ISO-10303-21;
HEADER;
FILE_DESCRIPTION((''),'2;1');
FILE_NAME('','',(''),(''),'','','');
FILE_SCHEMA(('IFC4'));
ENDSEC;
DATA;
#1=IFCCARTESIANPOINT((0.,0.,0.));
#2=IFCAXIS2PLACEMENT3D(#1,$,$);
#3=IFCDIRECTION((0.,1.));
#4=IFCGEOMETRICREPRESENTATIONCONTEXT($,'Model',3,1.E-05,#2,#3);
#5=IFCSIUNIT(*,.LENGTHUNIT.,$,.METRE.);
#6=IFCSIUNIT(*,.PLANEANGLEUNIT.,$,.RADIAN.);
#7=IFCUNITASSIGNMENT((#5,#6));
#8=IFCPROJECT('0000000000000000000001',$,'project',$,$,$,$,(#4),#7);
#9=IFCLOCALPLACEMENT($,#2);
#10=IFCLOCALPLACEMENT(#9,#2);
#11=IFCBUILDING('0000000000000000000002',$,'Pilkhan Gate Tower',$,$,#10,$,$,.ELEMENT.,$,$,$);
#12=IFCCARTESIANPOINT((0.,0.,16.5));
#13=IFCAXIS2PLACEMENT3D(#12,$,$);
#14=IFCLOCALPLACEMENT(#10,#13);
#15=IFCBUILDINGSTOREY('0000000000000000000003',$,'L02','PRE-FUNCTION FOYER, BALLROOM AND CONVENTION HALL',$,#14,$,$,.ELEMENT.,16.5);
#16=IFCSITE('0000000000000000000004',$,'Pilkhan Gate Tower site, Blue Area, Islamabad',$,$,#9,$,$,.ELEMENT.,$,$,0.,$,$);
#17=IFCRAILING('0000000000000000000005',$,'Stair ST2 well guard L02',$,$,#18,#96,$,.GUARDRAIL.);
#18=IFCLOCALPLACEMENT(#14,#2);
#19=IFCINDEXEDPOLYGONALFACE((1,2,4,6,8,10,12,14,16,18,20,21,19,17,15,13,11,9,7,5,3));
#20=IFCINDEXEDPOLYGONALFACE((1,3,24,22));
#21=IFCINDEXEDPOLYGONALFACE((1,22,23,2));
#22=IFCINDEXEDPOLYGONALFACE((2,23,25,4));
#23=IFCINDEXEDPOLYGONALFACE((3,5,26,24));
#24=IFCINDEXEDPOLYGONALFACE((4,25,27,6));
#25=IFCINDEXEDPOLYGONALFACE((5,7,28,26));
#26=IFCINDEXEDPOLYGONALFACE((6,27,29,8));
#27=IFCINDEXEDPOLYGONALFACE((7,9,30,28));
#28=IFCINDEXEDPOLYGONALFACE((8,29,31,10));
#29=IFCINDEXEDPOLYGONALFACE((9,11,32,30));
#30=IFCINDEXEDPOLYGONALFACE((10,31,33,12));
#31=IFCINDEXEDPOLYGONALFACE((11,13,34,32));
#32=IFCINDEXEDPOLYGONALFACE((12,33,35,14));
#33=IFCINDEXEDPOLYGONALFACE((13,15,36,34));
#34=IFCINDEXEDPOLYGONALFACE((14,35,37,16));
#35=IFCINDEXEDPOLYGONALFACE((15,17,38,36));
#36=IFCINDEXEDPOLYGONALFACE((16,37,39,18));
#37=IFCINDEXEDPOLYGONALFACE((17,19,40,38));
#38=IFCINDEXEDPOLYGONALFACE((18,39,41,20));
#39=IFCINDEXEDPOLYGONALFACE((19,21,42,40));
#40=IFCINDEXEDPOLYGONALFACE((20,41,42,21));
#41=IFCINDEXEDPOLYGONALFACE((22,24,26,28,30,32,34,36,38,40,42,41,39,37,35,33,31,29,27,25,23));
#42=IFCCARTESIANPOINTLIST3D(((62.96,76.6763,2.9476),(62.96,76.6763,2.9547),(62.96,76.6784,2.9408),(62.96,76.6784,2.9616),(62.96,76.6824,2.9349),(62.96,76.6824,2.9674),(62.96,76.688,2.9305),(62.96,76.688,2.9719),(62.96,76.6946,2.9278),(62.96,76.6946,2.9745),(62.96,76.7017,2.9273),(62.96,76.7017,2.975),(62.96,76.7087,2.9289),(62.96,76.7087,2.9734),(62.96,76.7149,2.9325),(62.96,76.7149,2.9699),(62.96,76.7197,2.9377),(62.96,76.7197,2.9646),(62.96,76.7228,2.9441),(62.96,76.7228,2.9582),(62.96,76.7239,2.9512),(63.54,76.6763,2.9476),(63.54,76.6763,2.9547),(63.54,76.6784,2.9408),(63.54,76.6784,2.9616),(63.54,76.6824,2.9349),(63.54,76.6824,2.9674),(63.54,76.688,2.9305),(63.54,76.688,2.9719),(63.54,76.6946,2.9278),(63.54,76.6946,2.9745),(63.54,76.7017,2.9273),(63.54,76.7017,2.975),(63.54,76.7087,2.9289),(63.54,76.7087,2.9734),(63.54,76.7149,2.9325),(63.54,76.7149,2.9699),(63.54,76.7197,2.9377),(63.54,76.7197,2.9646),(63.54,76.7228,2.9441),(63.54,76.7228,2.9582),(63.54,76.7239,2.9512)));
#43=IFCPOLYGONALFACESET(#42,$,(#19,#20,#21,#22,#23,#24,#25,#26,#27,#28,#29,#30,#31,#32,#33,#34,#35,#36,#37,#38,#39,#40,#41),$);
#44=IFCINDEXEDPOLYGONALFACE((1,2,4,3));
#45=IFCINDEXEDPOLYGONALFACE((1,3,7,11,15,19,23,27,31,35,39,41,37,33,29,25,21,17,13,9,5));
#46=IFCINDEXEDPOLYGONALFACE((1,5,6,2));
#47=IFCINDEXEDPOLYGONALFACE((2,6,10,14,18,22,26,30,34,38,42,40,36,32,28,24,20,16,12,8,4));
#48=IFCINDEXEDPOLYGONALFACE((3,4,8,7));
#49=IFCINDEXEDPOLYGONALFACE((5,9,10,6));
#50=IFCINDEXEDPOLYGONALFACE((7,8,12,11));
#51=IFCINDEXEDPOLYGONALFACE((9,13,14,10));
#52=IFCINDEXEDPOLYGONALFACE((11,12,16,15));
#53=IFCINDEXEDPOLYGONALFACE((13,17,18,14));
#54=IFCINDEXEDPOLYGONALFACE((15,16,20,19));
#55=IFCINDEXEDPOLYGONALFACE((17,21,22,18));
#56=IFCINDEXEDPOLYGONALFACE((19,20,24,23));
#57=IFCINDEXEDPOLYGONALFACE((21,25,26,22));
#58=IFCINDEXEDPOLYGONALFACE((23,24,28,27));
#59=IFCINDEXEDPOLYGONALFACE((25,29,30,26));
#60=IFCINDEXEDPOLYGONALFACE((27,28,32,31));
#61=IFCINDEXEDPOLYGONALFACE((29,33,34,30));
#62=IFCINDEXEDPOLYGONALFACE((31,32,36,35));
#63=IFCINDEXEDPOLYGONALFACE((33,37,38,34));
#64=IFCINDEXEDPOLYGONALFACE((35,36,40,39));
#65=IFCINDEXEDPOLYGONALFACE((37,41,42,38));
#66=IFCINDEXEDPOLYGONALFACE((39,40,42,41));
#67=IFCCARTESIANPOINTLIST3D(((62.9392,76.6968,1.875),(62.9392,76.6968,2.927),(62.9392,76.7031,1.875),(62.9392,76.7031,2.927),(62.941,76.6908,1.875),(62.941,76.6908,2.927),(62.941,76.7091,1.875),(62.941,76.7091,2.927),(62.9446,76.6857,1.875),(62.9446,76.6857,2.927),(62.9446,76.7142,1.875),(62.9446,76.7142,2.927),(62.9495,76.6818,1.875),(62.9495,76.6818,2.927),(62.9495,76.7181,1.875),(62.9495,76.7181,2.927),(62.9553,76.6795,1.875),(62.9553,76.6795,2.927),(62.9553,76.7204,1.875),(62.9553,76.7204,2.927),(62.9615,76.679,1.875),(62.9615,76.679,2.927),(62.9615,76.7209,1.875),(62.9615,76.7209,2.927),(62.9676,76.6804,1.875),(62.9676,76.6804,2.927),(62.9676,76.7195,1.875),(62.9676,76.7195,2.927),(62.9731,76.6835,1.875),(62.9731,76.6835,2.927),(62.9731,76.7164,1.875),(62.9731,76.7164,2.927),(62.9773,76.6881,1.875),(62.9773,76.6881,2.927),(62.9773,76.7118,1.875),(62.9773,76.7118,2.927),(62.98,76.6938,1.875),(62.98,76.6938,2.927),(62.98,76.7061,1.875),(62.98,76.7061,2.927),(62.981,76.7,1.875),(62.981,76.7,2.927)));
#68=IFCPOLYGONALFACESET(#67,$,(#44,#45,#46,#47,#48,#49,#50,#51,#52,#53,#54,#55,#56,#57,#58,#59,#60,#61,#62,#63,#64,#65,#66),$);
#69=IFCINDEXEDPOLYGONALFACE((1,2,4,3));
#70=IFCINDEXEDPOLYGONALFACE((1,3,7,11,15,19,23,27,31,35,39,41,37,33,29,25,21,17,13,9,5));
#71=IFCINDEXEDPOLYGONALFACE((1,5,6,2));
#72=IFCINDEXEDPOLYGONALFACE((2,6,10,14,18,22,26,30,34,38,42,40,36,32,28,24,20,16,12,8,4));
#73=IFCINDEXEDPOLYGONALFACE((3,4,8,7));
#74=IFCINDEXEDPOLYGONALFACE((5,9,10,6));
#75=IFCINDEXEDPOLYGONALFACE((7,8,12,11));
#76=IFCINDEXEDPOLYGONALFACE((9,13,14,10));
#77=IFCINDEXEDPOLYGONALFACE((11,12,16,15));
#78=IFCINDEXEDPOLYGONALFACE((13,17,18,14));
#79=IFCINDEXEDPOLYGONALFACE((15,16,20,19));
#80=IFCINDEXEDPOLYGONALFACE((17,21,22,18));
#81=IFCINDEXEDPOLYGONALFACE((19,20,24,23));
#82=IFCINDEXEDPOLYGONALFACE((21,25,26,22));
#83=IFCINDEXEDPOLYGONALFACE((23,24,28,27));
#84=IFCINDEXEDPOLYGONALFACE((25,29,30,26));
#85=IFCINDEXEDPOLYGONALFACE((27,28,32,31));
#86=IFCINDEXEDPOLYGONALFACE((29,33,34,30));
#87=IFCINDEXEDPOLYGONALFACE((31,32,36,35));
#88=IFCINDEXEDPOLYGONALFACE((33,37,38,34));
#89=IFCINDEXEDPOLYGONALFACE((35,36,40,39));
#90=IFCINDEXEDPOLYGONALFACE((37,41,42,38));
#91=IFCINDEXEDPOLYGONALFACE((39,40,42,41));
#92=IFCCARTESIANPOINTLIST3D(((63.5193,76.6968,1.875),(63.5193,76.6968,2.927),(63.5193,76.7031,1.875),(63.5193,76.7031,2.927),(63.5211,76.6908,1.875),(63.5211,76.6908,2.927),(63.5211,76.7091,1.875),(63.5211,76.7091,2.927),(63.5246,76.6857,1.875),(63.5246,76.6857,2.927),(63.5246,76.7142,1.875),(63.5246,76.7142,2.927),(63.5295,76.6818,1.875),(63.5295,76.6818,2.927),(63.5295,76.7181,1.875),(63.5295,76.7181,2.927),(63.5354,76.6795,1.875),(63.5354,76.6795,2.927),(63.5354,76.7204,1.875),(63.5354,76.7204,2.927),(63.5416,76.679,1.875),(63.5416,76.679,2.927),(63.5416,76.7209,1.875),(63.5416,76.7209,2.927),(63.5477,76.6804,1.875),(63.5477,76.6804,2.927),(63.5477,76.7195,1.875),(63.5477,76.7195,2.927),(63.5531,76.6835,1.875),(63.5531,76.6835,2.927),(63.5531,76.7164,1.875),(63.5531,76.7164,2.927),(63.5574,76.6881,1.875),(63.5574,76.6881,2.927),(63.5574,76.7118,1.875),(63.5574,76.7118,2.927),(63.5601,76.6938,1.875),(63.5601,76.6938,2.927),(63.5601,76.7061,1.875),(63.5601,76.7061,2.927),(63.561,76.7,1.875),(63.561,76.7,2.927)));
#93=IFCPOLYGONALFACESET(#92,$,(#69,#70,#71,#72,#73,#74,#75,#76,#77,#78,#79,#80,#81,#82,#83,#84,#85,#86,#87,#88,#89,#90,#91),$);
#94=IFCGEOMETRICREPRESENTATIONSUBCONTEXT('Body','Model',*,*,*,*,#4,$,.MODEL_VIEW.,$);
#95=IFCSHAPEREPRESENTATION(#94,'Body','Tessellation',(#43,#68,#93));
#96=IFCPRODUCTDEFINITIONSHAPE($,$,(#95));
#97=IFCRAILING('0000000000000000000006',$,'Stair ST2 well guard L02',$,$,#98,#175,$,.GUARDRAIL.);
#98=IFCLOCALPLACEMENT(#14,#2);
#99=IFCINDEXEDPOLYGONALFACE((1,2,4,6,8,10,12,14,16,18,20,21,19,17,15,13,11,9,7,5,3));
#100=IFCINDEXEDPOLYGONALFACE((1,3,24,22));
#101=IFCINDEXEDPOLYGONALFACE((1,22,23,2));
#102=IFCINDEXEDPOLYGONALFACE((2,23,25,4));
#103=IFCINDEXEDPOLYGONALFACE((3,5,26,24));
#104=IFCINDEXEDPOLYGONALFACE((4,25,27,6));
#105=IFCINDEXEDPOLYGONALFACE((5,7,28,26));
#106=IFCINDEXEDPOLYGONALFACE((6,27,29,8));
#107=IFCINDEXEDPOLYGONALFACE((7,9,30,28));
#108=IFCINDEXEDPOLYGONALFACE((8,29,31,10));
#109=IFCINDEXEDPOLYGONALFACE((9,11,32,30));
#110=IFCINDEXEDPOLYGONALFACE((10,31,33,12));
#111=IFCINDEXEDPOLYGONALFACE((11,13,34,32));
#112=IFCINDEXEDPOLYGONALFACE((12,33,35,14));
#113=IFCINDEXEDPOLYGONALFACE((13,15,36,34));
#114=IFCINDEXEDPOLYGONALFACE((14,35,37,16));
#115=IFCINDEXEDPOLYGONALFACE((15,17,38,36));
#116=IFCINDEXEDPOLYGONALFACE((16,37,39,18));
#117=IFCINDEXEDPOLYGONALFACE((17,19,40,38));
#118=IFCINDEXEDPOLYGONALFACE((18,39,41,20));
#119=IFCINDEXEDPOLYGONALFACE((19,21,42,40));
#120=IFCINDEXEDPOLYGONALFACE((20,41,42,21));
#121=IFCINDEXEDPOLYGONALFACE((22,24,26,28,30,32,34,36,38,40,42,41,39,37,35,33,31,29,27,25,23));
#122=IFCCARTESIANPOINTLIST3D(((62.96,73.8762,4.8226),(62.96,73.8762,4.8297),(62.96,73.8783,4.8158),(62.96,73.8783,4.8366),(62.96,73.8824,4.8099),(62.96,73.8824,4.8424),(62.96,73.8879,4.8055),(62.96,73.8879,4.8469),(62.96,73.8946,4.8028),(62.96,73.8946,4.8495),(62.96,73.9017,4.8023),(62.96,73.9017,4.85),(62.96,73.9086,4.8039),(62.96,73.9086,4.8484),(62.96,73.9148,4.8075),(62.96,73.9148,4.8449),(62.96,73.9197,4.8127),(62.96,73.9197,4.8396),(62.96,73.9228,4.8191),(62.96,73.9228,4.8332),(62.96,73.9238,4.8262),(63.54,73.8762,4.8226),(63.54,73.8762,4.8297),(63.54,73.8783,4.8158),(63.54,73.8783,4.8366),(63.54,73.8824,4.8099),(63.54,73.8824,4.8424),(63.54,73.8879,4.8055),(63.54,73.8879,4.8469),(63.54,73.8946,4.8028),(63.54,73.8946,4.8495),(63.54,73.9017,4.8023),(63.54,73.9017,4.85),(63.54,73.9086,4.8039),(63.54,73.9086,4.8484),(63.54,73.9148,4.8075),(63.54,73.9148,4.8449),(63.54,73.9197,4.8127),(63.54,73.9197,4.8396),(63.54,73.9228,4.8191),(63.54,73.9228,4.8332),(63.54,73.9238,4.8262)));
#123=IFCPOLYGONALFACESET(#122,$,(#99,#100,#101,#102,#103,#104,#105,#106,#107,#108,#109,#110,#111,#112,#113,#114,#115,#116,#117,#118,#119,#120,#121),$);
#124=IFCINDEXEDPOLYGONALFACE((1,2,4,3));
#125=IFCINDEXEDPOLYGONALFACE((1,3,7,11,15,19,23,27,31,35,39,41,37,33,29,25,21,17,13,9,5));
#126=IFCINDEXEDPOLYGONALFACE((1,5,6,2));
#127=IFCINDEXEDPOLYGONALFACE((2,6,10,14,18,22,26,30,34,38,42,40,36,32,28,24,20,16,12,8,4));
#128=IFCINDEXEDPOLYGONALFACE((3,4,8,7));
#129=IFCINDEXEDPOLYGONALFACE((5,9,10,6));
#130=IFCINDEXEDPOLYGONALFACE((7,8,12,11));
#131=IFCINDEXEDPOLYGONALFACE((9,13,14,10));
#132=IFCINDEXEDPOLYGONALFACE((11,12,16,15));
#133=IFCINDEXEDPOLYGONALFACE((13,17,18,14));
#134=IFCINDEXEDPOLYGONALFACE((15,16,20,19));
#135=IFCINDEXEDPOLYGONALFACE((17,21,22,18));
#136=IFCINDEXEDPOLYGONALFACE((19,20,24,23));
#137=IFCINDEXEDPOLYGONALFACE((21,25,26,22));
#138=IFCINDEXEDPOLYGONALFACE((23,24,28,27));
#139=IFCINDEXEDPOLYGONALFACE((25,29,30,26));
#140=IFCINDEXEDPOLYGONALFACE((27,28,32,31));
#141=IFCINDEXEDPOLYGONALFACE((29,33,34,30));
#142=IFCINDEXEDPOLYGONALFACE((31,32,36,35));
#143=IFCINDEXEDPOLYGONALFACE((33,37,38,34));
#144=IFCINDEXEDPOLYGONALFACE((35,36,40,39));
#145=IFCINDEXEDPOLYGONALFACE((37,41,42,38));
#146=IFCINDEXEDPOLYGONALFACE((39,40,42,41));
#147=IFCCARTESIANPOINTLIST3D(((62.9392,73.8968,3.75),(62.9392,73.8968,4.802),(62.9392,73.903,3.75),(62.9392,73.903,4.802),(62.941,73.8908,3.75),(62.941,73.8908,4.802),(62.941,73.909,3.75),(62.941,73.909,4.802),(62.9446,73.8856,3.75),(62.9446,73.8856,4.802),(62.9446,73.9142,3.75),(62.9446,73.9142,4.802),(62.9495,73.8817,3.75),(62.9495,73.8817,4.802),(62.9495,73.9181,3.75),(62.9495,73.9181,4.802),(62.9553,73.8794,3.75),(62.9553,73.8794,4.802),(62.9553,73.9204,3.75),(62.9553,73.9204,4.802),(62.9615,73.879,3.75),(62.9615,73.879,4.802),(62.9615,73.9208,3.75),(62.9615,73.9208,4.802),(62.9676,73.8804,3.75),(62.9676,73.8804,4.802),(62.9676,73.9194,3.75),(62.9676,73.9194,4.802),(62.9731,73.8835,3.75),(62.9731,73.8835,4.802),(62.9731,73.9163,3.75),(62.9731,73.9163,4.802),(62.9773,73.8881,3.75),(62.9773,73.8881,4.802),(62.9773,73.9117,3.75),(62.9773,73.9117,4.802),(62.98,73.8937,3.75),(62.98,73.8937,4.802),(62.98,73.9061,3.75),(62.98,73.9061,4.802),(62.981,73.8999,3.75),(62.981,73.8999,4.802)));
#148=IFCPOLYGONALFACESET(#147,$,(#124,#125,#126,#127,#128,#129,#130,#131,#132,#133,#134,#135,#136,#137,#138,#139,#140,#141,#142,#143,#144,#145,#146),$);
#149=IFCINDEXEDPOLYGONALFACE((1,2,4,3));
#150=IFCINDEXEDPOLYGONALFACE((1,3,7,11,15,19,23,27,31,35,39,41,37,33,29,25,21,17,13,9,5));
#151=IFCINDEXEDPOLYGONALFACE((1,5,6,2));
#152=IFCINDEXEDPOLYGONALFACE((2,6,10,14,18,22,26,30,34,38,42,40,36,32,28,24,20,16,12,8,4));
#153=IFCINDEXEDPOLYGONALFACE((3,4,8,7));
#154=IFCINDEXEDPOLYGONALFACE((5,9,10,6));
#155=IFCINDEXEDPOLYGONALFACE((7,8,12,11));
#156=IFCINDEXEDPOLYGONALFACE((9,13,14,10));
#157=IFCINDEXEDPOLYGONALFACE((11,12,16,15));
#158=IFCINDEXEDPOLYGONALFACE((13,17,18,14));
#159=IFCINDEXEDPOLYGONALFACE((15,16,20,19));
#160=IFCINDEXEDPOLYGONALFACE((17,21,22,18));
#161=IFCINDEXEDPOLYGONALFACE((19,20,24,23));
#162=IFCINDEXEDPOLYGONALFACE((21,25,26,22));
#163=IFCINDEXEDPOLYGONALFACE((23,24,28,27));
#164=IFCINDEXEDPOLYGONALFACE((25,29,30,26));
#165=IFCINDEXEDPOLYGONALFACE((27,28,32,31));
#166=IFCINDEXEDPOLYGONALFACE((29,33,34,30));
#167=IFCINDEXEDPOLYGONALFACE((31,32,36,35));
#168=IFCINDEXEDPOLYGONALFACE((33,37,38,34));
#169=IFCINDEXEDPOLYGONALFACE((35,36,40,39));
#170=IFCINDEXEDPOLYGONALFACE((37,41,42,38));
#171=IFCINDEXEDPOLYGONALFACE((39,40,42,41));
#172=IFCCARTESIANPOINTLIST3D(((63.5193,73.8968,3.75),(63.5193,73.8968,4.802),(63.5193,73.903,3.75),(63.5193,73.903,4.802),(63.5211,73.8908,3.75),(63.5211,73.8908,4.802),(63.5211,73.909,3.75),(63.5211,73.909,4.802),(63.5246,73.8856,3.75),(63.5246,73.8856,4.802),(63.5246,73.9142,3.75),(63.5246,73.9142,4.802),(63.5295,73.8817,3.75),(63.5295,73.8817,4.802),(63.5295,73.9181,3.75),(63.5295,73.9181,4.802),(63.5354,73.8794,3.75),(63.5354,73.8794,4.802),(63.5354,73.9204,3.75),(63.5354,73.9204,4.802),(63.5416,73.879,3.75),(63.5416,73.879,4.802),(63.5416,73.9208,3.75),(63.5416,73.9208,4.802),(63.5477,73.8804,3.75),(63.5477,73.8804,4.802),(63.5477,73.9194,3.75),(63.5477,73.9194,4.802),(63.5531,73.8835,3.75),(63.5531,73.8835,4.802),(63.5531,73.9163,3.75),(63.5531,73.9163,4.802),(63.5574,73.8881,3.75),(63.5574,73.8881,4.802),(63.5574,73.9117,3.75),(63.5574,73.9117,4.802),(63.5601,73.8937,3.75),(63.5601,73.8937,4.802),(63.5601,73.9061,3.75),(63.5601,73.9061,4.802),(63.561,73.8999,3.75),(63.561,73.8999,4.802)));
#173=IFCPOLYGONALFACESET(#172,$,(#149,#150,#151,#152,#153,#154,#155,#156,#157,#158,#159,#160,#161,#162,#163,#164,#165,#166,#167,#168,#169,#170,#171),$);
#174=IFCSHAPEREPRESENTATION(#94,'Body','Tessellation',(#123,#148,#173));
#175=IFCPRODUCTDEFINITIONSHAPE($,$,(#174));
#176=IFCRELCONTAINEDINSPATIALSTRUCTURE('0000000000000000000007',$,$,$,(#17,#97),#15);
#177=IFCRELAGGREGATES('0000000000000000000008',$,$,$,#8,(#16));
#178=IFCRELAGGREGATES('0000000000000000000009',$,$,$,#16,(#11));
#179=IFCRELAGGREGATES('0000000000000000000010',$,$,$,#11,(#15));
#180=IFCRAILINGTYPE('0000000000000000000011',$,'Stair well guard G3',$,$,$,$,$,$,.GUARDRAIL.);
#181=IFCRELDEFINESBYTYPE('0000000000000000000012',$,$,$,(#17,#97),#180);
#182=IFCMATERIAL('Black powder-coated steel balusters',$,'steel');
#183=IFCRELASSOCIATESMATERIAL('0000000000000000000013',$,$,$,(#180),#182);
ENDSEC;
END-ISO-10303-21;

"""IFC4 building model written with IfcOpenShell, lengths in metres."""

from ifc_helpers import new_model, si_unit, direction, frame, origin, origin_2d, place, context, subcontext, project, spatial, circle, extrude, material, type_object, element, save


model = new_model("IFC4")

# Units and contexts
model_context = context("Model", 3, precision=1e-05, world=origin(), true_north=direction((0.0, 1.0)))
body_context = subcontext(model_context, "Body", "Model", "MODEL_VIEW")
ifc_project = project(units=[si_unit("LENGTHUNIT", "METRE"), si_unit("PLANEANGLEUNIT", "RADIAN")], contexts=[model_context])

# Site, building, storey
site_placement = place(None, origin())
site = spatial("IfcSite", under=ifc_project, at=site_placement, Name="Pilkhan Gate Tower site, Blue Area, Islamabad", CompositionType="ELEMENT", RefElevation=0.0)
building_placement = place(site_placement, origin())
building = spatial("IfcBuilding", under=site, at=building_placement, Name="Pilkhan Gate Tower", CompositionType="ELEMENT")
storey_placement = place(building_placement, frame((0.0, 0.0, 16.5)))
storey = spatial("IfcBuildingStorey", under=building, at=storey_placement, Name="L02", Description="PRE-FUNCTION FOYER, BALLROOM AND CONVENTION HALL", CompositionType="ELEMENT", Elevation=16.5)

# Railings
ifc_material_1 = material(Name="Black powder-coated steel balusters", Category="steel")
railing_type_1 = type_object("IfcRailingType", Name="Stair well guard G3", PredefinedType="GUARDRAIL", material=ifc_material_1)
for number, where, name in (
    (1, (62.96, 76.7, 1.875), "Stair ST2 well guard L02"),
    (2, (62.96, 73.8999, 3.75), "Stair ST2 well guard L02"),
):
    element("IfcRailing", number, at=place(storey_placement, frame(where)), inside=storey, type_object=railing_type_1, Name=name, PredefinedType="GUARDRAIL", context=body_context, shape_type="SweptSolid", body=[
        extrude(circle(Radius=0.0239, at=origin_2d()), frame((0.0, 0.0, 1.0762), z_axis=(1.0, 0.0, 0.0), x_axis=(0.0, 1.0, 0.0)), (0.0, 0.0, 1.0), 0.5801),
        extrude(circle(Radius=0.021, at=origin_2d()), origin(), (0.0, 0.0, 1.0), 1.052),
        extrude(circle(Radius=0.021, at=origin_2d()), frame((0.5801, 0.0, 0.0)), (0.0, 0.0, 1.0), 1.052),
    ])

save(model, "model.ifc")
